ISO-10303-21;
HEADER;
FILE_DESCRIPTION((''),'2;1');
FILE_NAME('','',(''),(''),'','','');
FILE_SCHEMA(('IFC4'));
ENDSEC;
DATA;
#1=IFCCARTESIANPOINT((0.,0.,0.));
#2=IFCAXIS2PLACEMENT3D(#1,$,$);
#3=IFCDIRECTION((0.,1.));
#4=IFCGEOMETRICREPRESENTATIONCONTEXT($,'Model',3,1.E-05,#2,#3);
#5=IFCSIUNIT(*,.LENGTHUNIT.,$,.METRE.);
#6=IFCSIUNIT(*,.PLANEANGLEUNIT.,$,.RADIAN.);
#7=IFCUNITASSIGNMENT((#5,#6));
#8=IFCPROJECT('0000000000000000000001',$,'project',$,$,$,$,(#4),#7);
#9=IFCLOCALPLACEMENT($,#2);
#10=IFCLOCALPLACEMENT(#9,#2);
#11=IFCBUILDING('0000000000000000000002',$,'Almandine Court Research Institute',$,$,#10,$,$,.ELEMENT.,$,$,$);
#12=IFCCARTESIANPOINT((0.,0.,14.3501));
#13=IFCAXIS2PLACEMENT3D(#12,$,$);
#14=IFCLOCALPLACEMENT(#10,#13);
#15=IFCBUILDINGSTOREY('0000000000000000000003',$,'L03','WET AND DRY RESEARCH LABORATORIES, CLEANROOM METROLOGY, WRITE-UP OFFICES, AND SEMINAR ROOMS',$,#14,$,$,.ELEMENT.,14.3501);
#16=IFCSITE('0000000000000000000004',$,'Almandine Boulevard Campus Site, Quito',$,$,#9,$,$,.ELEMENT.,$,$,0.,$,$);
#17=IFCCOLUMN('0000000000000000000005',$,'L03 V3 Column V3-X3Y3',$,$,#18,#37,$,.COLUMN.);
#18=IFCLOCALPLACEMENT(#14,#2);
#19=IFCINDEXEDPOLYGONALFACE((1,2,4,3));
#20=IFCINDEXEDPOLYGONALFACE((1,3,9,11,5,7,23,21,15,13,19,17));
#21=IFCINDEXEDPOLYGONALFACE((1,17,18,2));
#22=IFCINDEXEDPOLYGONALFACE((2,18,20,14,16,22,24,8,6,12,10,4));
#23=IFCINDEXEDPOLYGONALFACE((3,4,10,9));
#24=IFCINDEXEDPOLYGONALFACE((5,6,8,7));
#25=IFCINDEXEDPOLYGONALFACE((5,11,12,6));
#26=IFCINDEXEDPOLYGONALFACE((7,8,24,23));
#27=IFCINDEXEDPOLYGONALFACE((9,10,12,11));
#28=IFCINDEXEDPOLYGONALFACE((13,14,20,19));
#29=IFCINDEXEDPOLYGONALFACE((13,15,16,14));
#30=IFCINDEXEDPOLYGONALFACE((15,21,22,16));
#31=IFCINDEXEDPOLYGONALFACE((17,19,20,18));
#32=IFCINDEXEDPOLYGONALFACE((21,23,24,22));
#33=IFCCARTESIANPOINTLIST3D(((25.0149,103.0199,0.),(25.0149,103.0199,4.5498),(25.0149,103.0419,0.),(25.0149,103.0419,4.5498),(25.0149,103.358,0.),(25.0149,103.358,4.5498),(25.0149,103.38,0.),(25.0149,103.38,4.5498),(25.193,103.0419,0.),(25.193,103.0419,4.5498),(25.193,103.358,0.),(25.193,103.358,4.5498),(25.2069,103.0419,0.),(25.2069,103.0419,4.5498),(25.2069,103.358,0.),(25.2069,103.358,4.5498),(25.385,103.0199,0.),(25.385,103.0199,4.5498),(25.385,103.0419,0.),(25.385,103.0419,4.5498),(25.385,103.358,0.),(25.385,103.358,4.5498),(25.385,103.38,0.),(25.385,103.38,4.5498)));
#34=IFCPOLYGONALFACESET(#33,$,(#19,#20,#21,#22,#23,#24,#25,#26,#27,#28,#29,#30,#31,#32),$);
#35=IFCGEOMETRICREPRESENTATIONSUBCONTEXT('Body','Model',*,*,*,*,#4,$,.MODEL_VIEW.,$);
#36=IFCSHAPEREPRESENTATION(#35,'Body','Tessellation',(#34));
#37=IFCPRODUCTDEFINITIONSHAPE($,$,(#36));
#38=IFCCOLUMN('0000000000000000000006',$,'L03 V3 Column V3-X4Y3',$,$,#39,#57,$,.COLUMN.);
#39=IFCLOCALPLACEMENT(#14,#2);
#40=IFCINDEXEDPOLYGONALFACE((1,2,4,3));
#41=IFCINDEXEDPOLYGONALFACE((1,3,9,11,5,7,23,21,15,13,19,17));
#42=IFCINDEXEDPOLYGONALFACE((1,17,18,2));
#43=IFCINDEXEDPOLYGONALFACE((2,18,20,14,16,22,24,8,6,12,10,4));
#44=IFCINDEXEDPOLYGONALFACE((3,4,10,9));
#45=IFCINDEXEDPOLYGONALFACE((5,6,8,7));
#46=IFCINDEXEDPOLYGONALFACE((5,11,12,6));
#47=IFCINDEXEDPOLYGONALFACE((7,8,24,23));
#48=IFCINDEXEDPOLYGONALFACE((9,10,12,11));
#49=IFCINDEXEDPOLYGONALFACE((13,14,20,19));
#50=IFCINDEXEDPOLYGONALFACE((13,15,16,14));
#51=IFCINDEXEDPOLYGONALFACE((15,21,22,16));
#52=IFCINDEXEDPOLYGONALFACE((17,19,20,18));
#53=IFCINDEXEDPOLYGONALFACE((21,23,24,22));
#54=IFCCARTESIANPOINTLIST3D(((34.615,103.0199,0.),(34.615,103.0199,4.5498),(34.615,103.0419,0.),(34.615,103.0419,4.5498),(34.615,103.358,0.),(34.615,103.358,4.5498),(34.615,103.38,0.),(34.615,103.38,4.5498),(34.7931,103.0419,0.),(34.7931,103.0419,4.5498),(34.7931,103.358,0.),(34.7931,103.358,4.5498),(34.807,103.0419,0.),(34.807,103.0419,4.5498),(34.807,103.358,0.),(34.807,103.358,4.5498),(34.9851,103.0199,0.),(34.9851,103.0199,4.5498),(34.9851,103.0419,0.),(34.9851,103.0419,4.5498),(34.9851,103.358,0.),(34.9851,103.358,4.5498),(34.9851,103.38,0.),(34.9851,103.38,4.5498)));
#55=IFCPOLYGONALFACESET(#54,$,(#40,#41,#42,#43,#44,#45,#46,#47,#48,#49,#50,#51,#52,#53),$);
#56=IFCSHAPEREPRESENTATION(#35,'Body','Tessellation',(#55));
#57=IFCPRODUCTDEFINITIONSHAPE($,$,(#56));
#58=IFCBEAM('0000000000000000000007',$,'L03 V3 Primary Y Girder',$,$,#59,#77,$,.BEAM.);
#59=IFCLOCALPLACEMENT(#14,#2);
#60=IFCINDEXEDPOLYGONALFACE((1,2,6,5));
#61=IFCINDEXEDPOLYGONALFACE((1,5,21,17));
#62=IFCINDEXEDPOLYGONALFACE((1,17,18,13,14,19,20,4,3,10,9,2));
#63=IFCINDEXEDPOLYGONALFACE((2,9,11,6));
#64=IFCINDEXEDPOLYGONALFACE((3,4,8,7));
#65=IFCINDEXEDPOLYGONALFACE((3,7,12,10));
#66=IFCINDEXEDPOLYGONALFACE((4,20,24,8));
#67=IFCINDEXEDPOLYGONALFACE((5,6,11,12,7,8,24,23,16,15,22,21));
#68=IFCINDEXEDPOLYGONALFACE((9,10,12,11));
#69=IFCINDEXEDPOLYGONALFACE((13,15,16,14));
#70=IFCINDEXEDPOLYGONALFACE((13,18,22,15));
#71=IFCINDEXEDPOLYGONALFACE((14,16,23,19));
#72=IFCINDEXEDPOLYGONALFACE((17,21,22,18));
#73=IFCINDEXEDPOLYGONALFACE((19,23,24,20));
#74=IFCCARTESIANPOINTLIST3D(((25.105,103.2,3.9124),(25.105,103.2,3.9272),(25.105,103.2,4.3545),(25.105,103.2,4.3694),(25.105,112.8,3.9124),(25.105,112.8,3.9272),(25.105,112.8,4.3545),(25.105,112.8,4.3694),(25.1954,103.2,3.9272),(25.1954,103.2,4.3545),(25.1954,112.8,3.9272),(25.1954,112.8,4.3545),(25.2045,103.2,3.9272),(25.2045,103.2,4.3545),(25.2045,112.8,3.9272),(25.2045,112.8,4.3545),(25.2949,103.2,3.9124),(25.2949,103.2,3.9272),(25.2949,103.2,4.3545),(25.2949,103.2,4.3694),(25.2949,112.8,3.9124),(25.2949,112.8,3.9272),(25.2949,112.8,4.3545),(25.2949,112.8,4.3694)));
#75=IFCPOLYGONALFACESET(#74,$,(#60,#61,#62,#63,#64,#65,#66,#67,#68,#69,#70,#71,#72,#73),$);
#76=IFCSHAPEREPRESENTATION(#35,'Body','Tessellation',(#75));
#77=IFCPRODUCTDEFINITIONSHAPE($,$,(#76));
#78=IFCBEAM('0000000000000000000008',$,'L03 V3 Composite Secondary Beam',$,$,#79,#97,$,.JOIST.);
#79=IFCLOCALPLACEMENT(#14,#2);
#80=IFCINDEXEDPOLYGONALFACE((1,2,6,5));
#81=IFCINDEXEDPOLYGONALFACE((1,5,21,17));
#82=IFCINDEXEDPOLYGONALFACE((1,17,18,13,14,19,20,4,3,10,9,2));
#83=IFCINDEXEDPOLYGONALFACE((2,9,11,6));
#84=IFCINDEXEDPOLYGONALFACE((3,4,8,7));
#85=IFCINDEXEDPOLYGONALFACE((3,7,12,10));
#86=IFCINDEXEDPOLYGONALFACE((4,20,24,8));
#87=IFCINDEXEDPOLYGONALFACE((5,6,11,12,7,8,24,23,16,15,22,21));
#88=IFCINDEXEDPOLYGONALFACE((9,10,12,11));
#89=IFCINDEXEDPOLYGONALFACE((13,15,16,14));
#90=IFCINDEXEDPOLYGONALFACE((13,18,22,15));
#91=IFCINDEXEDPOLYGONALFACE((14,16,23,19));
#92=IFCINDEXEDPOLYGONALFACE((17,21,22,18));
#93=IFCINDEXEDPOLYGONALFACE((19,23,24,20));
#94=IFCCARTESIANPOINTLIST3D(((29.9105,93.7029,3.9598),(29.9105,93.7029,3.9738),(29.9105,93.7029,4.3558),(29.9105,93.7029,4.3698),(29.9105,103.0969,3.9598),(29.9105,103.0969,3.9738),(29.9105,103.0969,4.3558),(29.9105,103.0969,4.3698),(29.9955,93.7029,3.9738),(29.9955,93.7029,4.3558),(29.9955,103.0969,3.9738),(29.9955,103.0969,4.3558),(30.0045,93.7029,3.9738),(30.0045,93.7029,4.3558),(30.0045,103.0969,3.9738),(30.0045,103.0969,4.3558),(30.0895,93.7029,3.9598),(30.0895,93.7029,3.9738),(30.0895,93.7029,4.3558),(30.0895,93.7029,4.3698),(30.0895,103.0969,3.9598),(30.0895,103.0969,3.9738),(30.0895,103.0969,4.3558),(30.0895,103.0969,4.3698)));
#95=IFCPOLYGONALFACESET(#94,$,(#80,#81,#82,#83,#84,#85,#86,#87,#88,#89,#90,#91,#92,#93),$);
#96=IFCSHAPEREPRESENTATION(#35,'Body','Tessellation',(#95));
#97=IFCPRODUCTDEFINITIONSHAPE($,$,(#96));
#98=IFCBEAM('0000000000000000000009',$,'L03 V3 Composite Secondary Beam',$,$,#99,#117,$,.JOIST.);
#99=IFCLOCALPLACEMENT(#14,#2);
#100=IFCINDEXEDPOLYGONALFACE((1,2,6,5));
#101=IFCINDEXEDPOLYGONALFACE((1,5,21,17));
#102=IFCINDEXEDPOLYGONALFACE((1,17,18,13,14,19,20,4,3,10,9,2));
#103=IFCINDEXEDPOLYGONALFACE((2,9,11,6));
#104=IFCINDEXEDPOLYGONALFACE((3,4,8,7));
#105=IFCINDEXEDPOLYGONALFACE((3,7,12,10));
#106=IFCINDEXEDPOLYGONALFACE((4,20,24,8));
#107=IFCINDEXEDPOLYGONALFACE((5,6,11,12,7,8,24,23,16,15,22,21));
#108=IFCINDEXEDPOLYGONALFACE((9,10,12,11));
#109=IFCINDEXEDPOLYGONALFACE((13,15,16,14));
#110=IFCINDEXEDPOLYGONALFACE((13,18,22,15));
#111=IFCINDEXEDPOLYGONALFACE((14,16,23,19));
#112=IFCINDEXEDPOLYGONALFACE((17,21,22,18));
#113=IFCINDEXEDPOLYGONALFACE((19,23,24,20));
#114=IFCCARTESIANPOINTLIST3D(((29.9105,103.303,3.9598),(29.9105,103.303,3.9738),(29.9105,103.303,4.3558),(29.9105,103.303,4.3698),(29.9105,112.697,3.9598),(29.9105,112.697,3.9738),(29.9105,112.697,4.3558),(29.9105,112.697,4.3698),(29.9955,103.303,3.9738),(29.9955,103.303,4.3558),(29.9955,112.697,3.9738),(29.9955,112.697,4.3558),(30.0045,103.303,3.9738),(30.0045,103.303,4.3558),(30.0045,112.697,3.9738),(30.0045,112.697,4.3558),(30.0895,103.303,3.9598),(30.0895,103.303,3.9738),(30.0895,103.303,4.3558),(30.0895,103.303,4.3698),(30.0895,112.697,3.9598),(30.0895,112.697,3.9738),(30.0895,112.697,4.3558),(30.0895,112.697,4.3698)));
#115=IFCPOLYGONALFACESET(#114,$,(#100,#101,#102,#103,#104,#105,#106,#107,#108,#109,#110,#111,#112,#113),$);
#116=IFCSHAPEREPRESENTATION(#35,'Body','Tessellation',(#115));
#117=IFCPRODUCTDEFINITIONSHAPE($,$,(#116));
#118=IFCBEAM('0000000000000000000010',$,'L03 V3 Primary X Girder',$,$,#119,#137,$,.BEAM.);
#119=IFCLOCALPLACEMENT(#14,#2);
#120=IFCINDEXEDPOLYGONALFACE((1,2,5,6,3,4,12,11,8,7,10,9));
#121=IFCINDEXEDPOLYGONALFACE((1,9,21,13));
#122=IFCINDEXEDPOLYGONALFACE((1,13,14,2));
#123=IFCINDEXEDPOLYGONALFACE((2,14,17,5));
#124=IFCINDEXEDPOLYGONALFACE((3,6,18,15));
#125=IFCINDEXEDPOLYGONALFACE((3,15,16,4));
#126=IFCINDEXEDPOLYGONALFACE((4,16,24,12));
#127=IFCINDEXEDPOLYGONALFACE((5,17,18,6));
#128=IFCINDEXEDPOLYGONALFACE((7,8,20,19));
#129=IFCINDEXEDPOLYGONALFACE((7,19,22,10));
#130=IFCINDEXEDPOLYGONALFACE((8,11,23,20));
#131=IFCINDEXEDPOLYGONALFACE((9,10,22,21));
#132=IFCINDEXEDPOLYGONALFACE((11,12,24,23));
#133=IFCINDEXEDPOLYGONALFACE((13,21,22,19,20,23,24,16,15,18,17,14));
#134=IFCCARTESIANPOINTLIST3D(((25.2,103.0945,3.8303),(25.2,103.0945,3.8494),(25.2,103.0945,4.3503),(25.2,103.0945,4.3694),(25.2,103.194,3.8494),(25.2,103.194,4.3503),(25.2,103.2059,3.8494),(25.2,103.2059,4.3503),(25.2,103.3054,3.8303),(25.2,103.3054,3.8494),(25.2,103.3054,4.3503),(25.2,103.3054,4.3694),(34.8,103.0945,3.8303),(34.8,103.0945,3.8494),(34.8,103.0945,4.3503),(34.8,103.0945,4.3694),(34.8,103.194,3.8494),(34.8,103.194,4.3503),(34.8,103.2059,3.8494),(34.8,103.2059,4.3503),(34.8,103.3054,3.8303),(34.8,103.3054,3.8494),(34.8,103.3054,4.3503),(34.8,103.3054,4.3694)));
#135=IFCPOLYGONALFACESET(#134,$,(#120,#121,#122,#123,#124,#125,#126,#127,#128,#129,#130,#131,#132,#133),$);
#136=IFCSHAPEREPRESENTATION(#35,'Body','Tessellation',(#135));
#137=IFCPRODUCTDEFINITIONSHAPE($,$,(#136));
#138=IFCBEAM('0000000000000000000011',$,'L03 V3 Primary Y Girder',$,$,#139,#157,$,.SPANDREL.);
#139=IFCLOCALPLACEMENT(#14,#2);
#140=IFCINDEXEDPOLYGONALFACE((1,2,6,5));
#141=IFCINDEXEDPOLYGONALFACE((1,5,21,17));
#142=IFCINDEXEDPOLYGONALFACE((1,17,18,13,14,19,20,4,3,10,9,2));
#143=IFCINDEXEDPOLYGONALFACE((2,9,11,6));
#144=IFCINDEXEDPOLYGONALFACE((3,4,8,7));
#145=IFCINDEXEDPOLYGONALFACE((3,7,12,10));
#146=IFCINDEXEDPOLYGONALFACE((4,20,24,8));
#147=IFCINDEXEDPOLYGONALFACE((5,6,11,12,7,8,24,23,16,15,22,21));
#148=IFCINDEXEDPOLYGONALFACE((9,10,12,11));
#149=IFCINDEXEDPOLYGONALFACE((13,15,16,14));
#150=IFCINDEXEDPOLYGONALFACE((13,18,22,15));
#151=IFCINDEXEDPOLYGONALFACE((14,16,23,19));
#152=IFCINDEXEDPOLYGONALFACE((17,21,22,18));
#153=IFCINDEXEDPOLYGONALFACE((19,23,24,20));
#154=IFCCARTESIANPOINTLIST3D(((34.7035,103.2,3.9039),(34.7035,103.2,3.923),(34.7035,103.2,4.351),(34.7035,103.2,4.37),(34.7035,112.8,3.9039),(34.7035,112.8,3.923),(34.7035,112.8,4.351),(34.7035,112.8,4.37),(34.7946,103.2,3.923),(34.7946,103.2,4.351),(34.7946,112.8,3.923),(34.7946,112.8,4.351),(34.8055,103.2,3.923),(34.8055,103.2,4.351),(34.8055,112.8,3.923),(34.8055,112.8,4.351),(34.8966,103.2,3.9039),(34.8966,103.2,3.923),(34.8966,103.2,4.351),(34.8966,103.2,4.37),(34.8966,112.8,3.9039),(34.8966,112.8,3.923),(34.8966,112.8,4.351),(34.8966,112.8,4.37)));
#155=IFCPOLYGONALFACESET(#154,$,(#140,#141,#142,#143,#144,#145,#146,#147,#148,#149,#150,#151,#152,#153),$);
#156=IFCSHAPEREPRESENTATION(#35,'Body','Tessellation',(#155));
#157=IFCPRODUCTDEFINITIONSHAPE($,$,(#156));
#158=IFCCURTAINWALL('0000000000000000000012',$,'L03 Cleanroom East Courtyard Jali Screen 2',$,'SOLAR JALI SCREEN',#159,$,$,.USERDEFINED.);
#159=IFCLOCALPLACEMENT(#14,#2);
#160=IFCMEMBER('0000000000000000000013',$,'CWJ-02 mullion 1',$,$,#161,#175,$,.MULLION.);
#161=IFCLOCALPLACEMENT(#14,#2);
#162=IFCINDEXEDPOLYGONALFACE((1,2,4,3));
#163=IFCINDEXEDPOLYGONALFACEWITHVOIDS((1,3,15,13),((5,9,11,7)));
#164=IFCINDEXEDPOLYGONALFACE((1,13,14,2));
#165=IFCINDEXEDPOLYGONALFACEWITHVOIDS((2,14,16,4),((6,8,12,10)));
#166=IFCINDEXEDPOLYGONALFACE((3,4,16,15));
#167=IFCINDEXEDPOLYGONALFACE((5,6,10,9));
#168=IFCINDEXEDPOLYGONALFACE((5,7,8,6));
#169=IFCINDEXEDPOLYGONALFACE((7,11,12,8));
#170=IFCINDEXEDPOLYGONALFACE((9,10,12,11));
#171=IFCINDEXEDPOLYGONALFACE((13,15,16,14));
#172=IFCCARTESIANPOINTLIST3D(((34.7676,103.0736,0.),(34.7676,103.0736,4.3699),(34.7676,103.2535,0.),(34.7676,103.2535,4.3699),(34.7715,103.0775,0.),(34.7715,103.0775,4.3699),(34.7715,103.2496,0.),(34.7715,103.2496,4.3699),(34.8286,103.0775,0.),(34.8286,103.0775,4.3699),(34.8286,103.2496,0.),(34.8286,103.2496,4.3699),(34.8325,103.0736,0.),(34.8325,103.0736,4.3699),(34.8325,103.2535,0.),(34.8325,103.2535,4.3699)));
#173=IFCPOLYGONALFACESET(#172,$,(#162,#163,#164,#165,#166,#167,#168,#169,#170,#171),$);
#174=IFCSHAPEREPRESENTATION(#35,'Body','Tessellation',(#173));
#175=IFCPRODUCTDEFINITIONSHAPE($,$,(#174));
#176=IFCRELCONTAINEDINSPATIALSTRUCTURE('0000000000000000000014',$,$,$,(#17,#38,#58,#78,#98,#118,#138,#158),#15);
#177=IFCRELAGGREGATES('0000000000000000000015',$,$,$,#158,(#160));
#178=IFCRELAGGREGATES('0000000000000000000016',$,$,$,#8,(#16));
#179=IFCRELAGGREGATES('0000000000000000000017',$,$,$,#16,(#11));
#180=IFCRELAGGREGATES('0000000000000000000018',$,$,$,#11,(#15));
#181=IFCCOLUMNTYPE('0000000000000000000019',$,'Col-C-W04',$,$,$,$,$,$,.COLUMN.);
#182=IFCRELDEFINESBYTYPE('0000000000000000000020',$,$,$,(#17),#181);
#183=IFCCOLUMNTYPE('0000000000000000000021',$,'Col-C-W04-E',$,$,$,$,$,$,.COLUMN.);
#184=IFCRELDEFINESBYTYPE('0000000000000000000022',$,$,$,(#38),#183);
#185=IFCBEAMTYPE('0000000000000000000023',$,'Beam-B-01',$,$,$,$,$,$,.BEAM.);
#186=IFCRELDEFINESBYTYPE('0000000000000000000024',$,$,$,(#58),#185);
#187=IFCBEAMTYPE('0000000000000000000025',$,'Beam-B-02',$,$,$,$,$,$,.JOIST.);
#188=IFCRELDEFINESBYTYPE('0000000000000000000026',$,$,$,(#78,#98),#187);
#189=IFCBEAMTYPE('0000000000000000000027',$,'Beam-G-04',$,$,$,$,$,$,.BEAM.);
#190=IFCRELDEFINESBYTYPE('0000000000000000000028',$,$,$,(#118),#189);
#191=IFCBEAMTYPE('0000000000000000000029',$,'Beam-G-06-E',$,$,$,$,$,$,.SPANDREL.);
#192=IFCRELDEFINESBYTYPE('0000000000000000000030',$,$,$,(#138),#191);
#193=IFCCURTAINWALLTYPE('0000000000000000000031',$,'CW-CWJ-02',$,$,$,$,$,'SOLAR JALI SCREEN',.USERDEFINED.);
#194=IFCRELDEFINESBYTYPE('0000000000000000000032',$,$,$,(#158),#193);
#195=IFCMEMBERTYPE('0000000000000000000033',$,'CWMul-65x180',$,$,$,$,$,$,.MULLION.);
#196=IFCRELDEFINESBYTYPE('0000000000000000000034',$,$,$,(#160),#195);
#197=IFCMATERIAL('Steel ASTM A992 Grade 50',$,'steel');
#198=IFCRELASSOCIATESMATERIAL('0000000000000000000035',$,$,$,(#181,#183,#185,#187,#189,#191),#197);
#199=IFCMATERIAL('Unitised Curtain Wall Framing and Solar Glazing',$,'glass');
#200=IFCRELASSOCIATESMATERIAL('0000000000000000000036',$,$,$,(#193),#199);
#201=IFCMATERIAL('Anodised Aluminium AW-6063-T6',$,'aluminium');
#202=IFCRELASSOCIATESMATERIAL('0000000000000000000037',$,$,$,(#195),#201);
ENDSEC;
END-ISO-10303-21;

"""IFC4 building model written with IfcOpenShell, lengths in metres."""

from ifc_helpers import new_model, si_unit, direction, frame, origin, origin_2d, place, context, subcontext, project, spatial, hollow_rectangle, i_section, extrude, material, material_profile, profile_set, type_object, element, aggregate, save


model = new_model("IFC4")

# Units and contexts
model_context = context("Model", 3, precision=1e-05, world=origin(), true_north=direction((0.0, 1.0)))
body_context = subcontext(model_context, "Body", "Model", "MODEL_VIEW")
ifc_project = project(units=[si_unit("LENGTHUNIT", "METRE"), si_unit("PLANEANGLEUNIT", "RADIAN")], contexts=[model_context])

# Site, building, storey
site_placement = place(None, origin())
site = spatial("IfcSite", under=ifc_project, at=site_placement, Name="Almandine Boulevard Campus Site, Quito", CompositionType="ELEMENT", RefElevation=0.0)
building_placement = place(site_placement, origin())
building = spatial("IfcBuilding", under=site, at=building_placement, Name="Almandine Court Research Institute", CompositionType="ELEMENT")
storey_placement = place(building_placement, frame((0.0, 0.0, 14.3501)))
storey = spatial("IfcBuildingStorey", under=building, at=storey_placement, Name="L03", Description="WET AND DRY RESEARCH LABORATORIES, CLEANROOM METROLOGY, WRITE-UP OFFICES, AND SEMINAR ROOMS", CompositionType="ELEMENT", Elevation=14.3501)

# Columns
ifc_material_1 = material(Name="Steel ASTM A992 Grade 50", Category="steel")
ifc_material_profile_1 = material_profile(ifc_material_1, i_section(OverallWidth=0.3701, OverallDepth=0.3601, WebThickness=0.0139, FlangeThickness=0.022, at=origin_2d()), Name="W360x147")
ifc_profile_set_1 = profile_set([ifc_material_profile_1], Name="Steel ASTM A992 Grade 50")
column_type_1 = type_object("IfcColumnType", Name="Col-C-W04", PredefinedType="COLUMN", material=ifc_profile_set_1)
column_1_placement = place(storey_placement, frame((25.2, 103.2, 0.0), z_axis=(0.0, 0.0, 1.0), x_axis=(1.0, 0.0, 0.0)))
element("IfcColumn", 1, at=column_1_placement, inside=storey, type_object=column_type_1, Name="L03 V3 Column V3-X3Y3", PredefinedType="COLUMN", context=body_context, shape_type="SweptSolid", body=[
    extrude(i_section(OverallWidth=0.3701, OverallDepth=0.3601, WebThickness=0.0139, FlangeThickness=0.022, at=origin_2d()), origin(), (0.0, 0.0, 1.0), 4.5498),
])
ifc_material_profile_2 = material_profile(ifc_material_1, i_section(OverallWidth=0.3701, OverallDepth=0.3601, WebThickness=0.0139, FlangeThickness=0.022, at=origin_2d()), Name="W360x147")
ifc_profile_set_2 = profile_set([ifc_material_profile_2], Name="Steel ASTM A992 Grade 50")
column_type_2 = type_object("IfcColumnType", Name="Col-C-W04-E", PredefinedType="COLUMN", material=ifc_profile_set_2)
column_2_placement = place(storey_placement, frame((34.8, 103.2, 0.0), z_axis=(0.0, 0.0, 1.0), x_axis=(1.0, 0.0, 0.0)))
element("IfcColumn", 2, at=column_2_placement, inside=storey, type_object=column_type_2, Name="L03 V3 Column V3-X4Y3", PredefinedType="COLUMN", context=body_context, shape_type="SweptSolid", body=[
    extrude(i_section(OverallWidth=0.3701, OverallDepth=0.3601, WebThickness=0.0139, FlangeThickness=0.022, at=origin_2d()), origin(), (0.0, 0.0, 1.0), 4.5498),
])

# Beams
ifc_material_profile_3 = material_profile(ifc_material_1, i_section(OverallWidth=0.1899, OverallDepth=0.457, WebThickness=0.009, FlangeThickness=0.0149, at=origin_2d()), Name="W460x74")
ifc_profile_set_3 = profile_set([ifc_material_profile_3], Name="Steel ASTM A992 Grade 50")
beam_type_1 = type_object("IfcBeamType", Name="Beam-B-01", PredefinedType="BEAM", material=ifc_profile_set_3)
beam_1_placement = place(storey_placement, frame((25.2, 103.2, 4.1409), z_axis=(0.0, 1.0, 0.0), x_axis=(-1.0, 0.0, 0.0)))
element("IfcBeam", 3, at=beam_1_placement, inside=storey, type_object=beam_type_1, Name="L03 V3 Primary Y Girder", PredefinedType="BEAM", context=body_context, shape_type="SweptSolid", body=[
    extrude(i_section(OverallWidth=0.1899, OverallDepth=0.457, WebThickness=0.009, FlangeThickness=0.0149, at=origin_2d()), origin(), (0.0, 0.0, 1.0), 9.6001),
])
ifc_material_profile_4 = material_profile(ifc_material_1, i_section(OverallWidth=0.179, OverallDepth=0.4099, WebThickness=0.009, FlangeThickness=0.0139, at=origin_2d()), Name="W410x67")
ifc_profile_set_4 = profile_set([ifc_material_profile_4], Name="Steel ASTM A992 Grade 50")
beam_type_2 = type_object("IfcBeamType", Name="Beam-B-02", PredefinedType="JOIST", material=ifc_profile_set_4)
for number, where, z_axis, x_axis, name in (
    (4, (30.0, 93.7029, 4.1648), (0.0, 1.0, 0.0), (-1.0, 0.0, 0.0), "L03 V3 Composite Secondary Beam"),
    (5, (30.0, 103.303, 4.1648), (0.0, 1.0, 0.0), (-1.0, 0.0, 0.0), "L03 V3 Composite Secondary Beam"),
):
    element("IfcBeam", number, at=place(storey_placement, frame(where, z_axis=z_axis, x_axis=x_axis)), inside=storey, type_object=beam_type_2, Name=name, PredefinedType="JOIST", context=body_context, shape_type="SweptSolid", body=[
        extrude(i_section(OverallWidth=0.179, OverallDepth=0.4099, WebThickness=0.009, FlangeThickness=0.0139, at=origin_2d()), origin(), (0.0, 0.0, 1.0), 9.394),
    ])
ifc_material_profile_5 = material_profile(ifc_material_1, i_section(OverallWidth=0.2109, OverallDepth=0.5391, WebThickness=0.012, FlangeThickness=0.019, at=origin_2d()), Name="W530x109")
ifc_profile_set_5 = profile_set([ifc_material_profile_5], Name="Steel ASTM A992 Grade 50")
beam_type_3 = type_object("IfcBeamType", Name="Beam-G-04", PredefinedType="BEAM", material=ifc_profile_set_5)
beam_2_placement = place(storey_placement, frame((25.2, 103.2, 4.0999), z_axis=(1.0, 0.0, 0.0), x_axis=(0.0, 1.0, 0.0)))
element("IfcBeam", 6, at=beam_2_placement, inside=storey, type_object=beam_type_3, Name="L03 V3 Primary X Girder", PredefinedType="BEAM", context=body_context, shape_type="SweptSolid", body=[
    extrude(i_section(OverallWidth=0.2109, OverallDepth=0.5391, WebThickness=0.012, FlangeThickness=0.019, at=origin_2d()), origin(), (0.0, 0.0, 1.0), 9.6001),
])
ifc_material_profile_6 = material_profile(ifc_material_1, i_section(OverallWidth=0.1931, OverallDepth=0.4661, WebThickness=0.011, FlangeThickness=0.019, at=origin_2d()), Name="W460x97")
ifc_profile_set_6 = profile_set([ifc_material_profile_6], Name="Steel ASTM A992 Grade 50")
beam_type_4 = type_object("IfcBeamType", Name="Beam-G-06-E", PredefinedType="SPANDREL", material=ifc_profile_set_6)
beam_3_placement = place(storey_placement, frame((34.8, 103.2, 4.137), z_axis=(0.0, 1.0, 0.0), x_axis=(-1.0, 0.0, 0.0)))
element("IfcBeam", 7, at=beam_3_placement, inside=storey, type_object=beam_type_4, Name="L03 V3 Primary Y Girder", PredefinedType="SPANDREL", context=body_context, shape_type="SweptSolid", body=[
    extrude(i_section(OverallWidth=0.1931, OverallDepth=0.4661, WebThickness=0.011, FlangeThickness=0.019, at=origin_2d()), origin(), (0.0, 0.0, 1.0), 9.6001),
])

# Curtain wall, member
ifc_material_2 = material(Name="Unitised Curtain Wall Framing and Solar Glazing", Category="glass")
curtain_wall_type = type_object("IfcCurtainWallType", Name="CW-CWJ-02", ElementType="SOLAR JALI SCREEN", PredefinedType="USERDEFINED", material=ifc_material_2)
curtain_wall_1_placement = place(storey_placement, origin())
curtain_wall_1 = element("IfcCurtainWall", 8, at=curtain_wall_1_placement, inside=storey, type_object=curtain_wall_type, Name="L03 Cleanroom East Courtyard Jali Screen 2", ObjectType="SOLAR JALI SCREEN", PredefinedType="USERDEFINED")
ifc_material_3 = material(Name="Anodised Aluminium AW-6063-T6", Category="aluminium")
ifc_material_profile_7 = material_profile(ifc_material_3, hollow_rectangle(XDim=0.0649, YDim=0.1799, WallThickness=0.0039, at=origin_2d()), Name="ALU RHS 65x180x4")
ifc_profile_set_7 = profile_set([ifc_material_profile_7], Name="Anodised Aluminium AW-6063-T6")
member_type_1 = type_object("IfcMemberType", Name="CWMul-65x180", PredefinedType="MULLION", material=ifc_profile_set_7)
member_1_placement = place(storey_placement, frame((34.8, 103.1636, 0.0), z_axis=(0.0, 0.0, 1.0), x_axis=(1.0, 0.0, 0.0)))
member_1 = element("IfcMember", 9, at=member_1_placement, type_object=member_type_1, Name="CWJ-02 mullion 1", PredefinedType="MULLION", context=body_context, shape_type="SweptSolid", body=[
    extrude(hollow_rectangle(XDim=0.0649, YDim=0.1799, WallThickness=0.0039, at=origin_2d()), origin(), (0.0, 0.0, 1.0), 4.3699),
])

aggregate(curtain_wall_1, [member_1])

save(model, "model.ifc")
